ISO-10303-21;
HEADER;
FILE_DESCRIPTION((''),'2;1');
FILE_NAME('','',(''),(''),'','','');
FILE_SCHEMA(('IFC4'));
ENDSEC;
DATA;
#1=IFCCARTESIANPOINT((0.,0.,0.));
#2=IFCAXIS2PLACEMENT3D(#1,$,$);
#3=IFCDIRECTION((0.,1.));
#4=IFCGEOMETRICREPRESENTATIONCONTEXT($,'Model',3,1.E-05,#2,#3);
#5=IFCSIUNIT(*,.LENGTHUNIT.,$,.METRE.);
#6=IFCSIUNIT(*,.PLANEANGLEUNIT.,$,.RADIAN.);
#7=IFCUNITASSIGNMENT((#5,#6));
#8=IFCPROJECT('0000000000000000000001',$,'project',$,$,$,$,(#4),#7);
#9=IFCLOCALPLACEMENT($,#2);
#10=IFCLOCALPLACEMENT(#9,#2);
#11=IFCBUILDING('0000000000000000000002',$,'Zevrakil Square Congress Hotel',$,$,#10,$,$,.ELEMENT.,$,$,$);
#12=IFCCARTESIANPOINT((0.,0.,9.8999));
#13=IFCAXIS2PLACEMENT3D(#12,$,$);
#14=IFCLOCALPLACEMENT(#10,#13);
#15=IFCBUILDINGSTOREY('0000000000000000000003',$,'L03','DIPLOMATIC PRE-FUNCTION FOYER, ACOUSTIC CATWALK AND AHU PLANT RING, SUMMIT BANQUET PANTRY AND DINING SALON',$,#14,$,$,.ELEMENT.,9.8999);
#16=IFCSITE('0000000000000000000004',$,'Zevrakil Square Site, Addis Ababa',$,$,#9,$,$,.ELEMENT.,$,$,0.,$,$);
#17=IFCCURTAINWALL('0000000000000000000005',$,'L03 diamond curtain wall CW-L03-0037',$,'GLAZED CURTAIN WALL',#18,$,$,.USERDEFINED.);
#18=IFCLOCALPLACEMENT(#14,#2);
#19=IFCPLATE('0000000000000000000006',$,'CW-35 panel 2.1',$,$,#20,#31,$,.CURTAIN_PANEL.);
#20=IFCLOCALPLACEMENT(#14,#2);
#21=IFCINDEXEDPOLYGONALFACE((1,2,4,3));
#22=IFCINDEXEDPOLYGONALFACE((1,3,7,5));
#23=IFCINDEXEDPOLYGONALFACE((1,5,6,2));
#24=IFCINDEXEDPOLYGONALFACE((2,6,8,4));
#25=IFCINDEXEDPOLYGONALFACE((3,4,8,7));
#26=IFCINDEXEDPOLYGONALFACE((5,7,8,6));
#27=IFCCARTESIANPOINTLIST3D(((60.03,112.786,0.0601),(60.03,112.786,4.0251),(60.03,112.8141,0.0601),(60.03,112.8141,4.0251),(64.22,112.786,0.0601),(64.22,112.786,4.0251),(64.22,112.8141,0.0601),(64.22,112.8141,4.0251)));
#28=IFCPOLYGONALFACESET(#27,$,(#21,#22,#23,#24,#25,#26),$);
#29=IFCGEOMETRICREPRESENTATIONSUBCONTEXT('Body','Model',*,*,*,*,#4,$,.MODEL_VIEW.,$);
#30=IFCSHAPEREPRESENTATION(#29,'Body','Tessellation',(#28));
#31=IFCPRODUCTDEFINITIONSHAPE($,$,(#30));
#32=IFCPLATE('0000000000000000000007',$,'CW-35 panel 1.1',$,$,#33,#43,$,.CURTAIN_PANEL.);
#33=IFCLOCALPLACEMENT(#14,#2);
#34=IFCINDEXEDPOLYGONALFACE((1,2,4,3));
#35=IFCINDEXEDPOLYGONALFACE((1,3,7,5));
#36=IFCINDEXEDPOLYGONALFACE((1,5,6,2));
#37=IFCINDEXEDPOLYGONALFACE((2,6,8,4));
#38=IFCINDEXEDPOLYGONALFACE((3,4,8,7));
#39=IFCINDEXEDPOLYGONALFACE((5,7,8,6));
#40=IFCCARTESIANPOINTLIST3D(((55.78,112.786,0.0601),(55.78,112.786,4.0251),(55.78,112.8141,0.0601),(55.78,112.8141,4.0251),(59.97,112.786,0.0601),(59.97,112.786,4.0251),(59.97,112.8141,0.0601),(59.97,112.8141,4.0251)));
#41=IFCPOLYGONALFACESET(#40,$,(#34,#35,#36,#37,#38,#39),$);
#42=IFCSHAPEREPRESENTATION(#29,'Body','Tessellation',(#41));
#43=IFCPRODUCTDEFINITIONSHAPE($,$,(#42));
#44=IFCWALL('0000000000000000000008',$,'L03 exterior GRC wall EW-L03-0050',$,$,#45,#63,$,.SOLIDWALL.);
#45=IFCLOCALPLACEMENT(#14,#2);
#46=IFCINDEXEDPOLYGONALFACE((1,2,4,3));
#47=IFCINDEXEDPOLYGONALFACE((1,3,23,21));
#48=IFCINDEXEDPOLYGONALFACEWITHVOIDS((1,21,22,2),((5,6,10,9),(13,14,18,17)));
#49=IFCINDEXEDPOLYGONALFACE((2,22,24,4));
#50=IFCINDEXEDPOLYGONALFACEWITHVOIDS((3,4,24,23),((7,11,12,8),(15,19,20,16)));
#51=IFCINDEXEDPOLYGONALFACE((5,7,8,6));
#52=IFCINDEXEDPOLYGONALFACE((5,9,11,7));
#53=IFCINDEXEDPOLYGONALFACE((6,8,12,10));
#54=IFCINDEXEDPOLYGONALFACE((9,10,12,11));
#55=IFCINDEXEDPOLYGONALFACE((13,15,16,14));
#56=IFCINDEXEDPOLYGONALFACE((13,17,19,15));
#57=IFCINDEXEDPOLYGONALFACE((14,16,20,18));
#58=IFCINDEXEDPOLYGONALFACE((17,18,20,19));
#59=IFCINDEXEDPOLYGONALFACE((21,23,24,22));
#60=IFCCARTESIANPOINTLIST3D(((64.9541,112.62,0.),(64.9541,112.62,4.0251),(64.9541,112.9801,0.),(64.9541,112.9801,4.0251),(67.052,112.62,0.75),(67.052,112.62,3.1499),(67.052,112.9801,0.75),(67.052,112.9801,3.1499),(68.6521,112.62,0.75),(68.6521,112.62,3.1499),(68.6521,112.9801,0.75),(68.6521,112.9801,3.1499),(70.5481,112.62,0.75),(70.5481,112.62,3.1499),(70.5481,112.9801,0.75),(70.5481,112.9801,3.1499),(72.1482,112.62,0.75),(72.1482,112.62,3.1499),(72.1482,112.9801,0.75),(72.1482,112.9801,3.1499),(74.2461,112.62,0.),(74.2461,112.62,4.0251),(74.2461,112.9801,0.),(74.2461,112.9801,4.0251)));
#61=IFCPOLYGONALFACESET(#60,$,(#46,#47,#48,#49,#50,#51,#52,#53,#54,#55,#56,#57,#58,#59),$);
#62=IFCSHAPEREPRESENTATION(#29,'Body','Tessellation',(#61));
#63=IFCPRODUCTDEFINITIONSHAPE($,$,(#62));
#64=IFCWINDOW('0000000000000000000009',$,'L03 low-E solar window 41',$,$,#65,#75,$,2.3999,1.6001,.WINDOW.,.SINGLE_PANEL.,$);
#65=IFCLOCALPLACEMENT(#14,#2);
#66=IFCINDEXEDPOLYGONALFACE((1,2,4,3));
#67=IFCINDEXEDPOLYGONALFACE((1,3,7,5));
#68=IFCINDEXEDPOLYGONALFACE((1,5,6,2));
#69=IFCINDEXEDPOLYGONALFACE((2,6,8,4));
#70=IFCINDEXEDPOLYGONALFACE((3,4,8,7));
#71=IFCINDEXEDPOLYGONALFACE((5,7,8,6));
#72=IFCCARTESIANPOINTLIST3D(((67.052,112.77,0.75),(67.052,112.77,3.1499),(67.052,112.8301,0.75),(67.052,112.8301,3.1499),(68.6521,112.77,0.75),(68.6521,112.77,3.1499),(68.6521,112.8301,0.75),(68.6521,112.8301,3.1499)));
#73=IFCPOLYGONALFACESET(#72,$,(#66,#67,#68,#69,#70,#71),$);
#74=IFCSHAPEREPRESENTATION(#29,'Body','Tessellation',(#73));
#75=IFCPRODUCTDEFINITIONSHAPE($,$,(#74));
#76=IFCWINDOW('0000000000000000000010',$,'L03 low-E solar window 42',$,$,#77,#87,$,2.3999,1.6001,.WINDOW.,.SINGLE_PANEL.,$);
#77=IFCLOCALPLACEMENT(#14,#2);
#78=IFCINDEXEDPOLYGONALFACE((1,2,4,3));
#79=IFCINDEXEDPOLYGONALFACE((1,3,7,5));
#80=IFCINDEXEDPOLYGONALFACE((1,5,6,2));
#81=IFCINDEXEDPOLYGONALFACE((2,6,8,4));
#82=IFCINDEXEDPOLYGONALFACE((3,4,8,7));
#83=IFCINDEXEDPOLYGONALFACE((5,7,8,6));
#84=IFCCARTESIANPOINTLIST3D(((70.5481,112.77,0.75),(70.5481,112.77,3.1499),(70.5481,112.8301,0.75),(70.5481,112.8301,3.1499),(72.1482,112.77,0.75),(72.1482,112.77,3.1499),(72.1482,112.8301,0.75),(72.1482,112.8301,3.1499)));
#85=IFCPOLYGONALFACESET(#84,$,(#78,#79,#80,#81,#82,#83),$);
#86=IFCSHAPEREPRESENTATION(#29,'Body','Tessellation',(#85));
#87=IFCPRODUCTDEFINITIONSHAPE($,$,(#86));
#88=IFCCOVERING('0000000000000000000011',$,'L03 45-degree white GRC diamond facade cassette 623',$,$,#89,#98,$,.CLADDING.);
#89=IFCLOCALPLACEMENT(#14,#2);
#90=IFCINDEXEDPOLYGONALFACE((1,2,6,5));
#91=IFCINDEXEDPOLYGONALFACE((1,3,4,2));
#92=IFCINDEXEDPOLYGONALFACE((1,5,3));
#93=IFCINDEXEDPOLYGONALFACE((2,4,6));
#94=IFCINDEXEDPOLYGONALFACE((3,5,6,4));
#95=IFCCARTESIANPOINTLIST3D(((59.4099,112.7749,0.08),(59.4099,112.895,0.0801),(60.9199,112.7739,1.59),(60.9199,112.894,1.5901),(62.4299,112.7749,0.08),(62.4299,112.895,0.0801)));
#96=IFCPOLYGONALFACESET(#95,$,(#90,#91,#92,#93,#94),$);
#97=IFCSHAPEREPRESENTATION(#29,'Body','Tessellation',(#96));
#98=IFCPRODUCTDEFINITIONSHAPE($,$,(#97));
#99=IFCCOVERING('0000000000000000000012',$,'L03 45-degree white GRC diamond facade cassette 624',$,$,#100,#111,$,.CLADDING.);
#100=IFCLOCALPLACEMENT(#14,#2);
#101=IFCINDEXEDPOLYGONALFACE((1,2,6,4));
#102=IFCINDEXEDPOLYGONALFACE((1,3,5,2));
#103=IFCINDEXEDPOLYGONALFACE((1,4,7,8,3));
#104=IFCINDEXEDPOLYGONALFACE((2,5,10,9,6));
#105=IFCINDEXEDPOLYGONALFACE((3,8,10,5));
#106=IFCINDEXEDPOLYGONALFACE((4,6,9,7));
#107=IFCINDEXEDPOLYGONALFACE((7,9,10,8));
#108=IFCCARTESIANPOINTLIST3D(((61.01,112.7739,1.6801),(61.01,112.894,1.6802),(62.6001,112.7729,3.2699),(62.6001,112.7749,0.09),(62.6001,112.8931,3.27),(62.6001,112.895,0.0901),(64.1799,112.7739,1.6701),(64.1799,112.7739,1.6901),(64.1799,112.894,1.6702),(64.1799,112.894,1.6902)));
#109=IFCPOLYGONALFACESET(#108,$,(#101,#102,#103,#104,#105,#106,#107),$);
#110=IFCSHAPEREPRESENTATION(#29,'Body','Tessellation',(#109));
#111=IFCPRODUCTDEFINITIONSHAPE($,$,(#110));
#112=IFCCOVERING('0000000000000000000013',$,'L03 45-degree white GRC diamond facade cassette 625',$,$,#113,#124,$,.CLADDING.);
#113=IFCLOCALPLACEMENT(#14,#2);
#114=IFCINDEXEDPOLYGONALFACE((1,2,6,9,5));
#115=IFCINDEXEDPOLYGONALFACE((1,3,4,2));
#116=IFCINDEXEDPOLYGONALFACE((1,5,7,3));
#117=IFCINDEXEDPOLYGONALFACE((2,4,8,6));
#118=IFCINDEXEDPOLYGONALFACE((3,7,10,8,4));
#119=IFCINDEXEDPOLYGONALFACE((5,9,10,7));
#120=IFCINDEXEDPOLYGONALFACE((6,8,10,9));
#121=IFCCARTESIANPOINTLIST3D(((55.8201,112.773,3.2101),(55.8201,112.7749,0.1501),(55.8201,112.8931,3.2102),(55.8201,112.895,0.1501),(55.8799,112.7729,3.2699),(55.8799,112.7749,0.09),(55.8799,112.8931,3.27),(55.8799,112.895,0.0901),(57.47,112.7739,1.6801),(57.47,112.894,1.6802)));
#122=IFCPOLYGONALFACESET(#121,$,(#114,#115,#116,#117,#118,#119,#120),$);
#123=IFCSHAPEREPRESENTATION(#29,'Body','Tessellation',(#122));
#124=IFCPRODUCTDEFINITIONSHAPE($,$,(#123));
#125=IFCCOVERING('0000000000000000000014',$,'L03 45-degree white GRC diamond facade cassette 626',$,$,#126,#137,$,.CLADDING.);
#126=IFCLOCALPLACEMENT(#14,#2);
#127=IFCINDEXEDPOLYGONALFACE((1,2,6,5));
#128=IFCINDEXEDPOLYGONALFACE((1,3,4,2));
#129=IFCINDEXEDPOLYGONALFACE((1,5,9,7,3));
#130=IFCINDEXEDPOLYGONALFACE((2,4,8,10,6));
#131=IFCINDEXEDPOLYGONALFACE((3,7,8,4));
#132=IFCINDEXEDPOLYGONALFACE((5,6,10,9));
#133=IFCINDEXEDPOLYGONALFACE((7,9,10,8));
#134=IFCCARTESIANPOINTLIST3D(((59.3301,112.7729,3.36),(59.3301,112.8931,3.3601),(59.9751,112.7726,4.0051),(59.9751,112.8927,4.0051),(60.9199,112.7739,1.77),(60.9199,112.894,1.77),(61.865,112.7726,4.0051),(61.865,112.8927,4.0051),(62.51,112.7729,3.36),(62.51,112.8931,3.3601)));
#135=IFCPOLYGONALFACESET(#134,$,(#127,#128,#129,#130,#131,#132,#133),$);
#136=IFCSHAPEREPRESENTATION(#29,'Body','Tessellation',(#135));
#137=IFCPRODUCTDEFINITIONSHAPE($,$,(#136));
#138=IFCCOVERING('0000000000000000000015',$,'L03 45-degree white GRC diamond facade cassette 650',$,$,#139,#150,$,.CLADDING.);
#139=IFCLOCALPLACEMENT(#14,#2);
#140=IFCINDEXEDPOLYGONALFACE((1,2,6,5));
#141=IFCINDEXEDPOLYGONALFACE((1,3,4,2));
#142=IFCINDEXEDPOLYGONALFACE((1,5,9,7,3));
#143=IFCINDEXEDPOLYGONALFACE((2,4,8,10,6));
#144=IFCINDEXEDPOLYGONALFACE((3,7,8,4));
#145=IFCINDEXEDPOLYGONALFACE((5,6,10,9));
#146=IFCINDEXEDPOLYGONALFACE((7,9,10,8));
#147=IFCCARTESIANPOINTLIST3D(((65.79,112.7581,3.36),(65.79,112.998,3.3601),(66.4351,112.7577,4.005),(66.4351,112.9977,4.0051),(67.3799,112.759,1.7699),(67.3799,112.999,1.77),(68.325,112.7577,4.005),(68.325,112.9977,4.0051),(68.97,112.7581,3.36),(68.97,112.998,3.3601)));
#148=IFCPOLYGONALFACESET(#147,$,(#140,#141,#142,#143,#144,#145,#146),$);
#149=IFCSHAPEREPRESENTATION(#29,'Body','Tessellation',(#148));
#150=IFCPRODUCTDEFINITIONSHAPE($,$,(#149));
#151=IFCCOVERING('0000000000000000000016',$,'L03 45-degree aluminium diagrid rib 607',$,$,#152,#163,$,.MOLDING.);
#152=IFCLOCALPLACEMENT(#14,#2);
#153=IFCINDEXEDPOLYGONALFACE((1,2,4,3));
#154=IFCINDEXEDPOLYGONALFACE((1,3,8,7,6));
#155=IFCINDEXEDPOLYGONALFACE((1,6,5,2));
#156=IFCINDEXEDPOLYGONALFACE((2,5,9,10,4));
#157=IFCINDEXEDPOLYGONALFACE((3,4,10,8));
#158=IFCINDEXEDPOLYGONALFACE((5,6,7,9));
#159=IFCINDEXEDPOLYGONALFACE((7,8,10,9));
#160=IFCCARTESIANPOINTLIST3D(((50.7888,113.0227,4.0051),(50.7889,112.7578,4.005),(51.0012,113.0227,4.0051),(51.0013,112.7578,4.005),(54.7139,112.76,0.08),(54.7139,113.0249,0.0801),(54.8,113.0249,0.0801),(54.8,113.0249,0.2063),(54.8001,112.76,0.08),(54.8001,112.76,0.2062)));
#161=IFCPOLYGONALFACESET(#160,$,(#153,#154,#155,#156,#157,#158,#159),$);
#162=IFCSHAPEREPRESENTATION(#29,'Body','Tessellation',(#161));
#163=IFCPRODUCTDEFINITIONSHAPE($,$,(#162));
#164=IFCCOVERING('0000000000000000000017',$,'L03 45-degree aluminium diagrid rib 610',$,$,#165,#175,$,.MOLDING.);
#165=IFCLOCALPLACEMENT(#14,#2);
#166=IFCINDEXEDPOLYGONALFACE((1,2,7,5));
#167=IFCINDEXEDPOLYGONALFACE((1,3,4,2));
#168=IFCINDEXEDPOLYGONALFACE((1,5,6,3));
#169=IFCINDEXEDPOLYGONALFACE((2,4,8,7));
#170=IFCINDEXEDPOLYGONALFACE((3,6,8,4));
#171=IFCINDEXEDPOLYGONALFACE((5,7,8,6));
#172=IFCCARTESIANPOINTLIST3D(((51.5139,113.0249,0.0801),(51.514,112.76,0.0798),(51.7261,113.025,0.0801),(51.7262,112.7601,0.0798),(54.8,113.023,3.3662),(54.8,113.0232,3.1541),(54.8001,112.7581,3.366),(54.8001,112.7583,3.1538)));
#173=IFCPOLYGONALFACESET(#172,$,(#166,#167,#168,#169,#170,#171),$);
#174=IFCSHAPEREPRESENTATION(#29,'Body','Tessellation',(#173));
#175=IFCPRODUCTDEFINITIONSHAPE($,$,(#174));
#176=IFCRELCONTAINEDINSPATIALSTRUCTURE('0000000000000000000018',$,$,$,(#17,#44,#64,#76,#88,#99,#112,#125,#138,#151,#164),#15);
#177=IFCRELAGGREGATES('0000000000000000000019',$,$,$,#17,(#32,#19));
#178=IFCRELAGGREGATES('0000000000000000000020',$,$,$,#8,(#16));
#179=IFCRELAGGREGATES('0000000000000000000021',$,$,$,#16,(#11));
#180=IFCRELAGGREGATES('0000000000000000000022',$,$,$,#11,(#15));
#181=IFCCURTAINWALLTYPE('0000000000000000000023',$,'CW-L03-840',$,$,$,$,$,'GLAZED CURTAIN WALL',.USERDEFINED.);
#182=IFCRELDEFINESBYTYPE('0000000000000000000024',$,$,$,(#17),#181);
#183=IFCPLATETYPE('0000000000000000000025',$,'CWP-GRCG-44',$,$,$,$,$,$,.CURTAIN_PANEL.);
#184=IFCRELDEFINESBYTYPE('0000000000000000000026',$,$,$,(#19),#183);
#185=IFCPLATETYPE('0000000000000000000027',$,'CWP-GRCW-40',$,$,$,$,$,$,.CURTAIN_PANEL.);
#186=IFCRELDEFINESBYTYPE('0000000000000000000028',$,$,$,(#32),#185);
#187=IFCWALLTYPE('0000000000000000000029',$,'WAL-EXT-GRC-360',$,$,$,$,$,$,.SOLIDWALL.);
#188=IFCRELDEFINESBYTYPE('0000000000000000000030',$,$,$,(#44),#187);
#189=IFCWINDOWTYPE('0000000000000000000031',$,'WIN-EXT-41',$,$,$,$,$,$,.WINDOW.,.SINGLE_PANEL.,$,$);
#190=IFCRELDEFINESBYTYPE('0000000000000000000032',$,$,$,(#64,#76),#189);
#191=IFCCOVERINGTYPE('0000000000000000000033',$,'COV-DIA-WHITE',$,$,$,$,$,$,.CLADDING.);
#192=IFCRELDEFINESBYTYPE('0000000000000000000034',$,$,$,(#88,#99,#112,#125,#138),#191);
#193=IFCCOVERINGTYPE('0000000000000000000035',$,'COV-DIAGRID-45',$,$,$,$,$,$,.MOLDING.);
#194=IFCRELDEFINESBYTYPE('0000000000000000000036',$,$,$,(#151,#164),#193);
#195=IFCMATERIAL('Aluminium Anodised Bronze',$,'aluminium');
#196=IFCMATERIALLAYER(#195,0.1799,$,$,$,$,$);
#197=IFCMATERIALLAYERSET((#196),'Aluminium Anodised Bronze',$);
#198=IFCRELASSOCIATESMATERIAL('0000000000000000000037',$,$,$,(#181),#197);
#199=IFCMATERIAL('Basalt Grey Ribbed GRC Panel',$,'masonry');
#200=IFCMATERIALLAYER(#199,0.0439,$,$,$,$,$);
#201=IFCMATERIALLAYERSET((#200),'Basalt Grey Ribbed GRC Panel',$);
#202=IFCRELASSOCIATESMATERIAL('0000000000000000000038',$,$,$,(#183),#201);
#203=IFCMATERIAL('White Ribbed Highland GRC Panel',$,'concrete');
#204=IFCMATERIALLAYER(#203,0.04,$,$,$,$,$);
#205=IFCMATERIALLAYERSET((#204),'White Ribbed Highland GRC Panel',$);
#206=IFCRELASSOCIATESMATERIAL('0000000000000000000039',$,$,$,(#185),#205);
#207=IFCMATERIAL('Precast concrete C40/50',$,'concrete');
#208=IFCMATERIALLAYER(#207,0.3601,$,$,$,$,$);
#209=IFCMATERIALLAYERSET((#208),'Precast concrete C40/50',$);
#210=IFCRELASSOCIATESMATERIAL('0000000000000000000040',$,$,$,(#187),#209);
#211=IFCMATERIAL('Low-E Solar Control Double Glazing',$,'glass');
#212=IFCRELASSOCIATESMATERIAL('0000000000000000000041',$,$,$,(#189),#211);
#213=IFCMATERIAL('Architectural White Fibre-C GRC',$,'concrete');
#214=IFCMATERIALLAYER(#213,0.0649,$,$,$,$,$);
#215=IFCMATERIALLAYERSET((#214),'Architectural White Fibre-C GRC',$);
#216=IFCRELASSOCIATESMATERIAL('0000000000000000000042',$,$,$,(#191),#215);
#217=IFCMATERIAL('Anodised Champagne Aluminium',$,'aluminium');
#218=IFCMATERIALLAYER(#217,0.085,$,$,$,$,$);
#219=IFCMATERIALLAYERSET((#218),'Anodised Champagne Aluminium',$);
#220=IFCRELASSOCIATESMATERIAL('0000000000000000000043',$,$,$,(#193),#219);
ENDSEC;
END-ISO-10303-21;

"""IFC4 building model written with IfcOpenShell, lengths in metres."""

from ifc_helpers import new_model, si_unit, direction, frame, frame_2d, origin, origin_2d, place, context, subcontext, project, spatial, polyline, rectangle, outline, extrude, material, layer, layer_set, type_object, element, fill, aggregate, save


model = new_model("IFC4")

# Units and contexts
model_context = context("Model", 3, precision=1e-05, world=origin(), true_north=direction((0.0, 1.0)))
body_context = subcontext(model_context, "Body", "Model", "MODEL_VIEW")
ifc_project = project(units=[si_unit("LENGTHUNIT", "METRE"), si_unit("PLANEANGLEUNIT", "RADIAN")], contexts=[model_context])

# Site, building, storey
site_placement = place(None, origin())
site = spatial("IfcSite", under=ifc_project, at=site_placement, Name="Zevrakil Square Site, Addis Ababa", CompositionType="ELEMENT", RefElevation=0.0)
building_placement = place(site_placement, origin())
building = spatial("IfcBuilding", under=site, at=building_placement, Name="Zevrakil Square Congress Hotel", CompositionType="ELEMENT")
storey_placement = place(building_placement, frame((0.0, 0.0, 9.8999)))
storey = spatial("IfcBuildingStorey", under=building, at=storey_placement, Name="L03", Description="DIPLOMATIC PRE-FUNCTION FOYER, ACOUSTIC CATWALK AND AHU PLANT RING, SUMMIT BANQUET PANTRY AND DINING SALON", CompositionType="ELEMENT", Elevation=9.8999)

# Curtain wall, plates
ifc_material_1 = material(Name="Aluminium Anodised Bronze", Category="aluminium")
ifc_layer_1 = layer(ifc_material_1, 0.1799)
ifc_layer_set_1 = layer_set([ifc_layer_1], Name="Aluminium Anodised Bronze")
curtain_wall_type = type_object("IfcCurtainWallType", Name="CW-L03-840", ElementType="GLAZED CURTAIN WALL", PredefinedType="USERDEFINED", material=ifc_layer_set_1)
curtain_wall_placement = place(storey_placement, origin())
curtain_wall = element("IfcCurtainWall", 1, at=curtain_wall_placement, inside=storey, type_object=curtain_wall_type, Name="L03 diamond curtain wall CW-L03-0037", ObjectType="GLAZED CURTAIN WALL", PredefinedType="USERDEFINED")
ifc_material_2 = material(Name="Basalt Grey Ribbed GRC Panel", Category="masonry")
ifc_layer_2 = layer(ifc_material_2, 0.0439)
ifc_layer_set_2 = layer_set([ifc_layer_2], Name="Basalt Grey Ribbed GRC Panel")
plate_type_1 = type_object("IfcPlateType", Name="CWP-GRCG-44", PredefinedType="CURTAIN_PANEL", material=ifc_layer_set_2)
plate_1_placement = place(storey_placement, frame((62.125, 112.8, 0.0601), z_axis=(0.0, 0.0, 1.0), x_axis=(1.0, 0.0, 0.0)))
plate_1 = element("IfcPlate", 2, at=plate_1_placement, type_object=plate_type_1, Name="CW-35 panel 2.1", PredefinedType="CURTAIN_PANEL", context=body_context, shape_type="SweptSolid", body=[
    extrude(rectangle(XDim=4.1899, YDim=0.0281, at=origin_2d()), origin(), (0.0, 0.0, 1.0), 3.9651),
])
ifc_material_3 = material(Name="White Ribbed Highland GRC Panel", Category="concrete")
ifc_layer_3 = layer(ifc_material_3, 0.04)
ifc_layer_set_3 = layer_set([ifc_layer_3], Name="White Ribbed Highland GRC Panel")
plate_type_2 = type_object("IfcPlateType", Name="CWP-GRCW-40", PredefinedType="CURTAIN_PANEL", material=ifc_layer_set_3)
plate_2_placement = place(storey_placement, frame((57.875, 112.8, 0.0601), z_axis=(0.0, 0.0, 1.0), x_axis=(1.0, 0.0, 0.0)))
plate_2 = element("IfcPlate", 3, at=plate_2_placement, type_object=plate_type_2, Name="CW-35 panel 1.1", PredefinedType="CURTAIN_PANEL", context=body_context, shape_type="SweptSolid", body=[
    extrude(rectangle(XDim=4.1899, YDim=0.0281, at=origin_2d()), origin(), (0.0, 0.0, 1.0), 3.9651),
])
aggregate(curtain_wall, [plate_2, plate_1])

# Wall, openings, windows
ifc_material_4 = material(Name="Precast concrete C40/50", Category="concrete")
ifc_layer_4 = layer(ifc_material_4, 0.3601)
ifc_layer_set_4 = layer_set([ifc_layer_4], Name="Precast concrete C40/50")
wall_type = type_object("IfcWallType", Name="WAL-EXT-GRC-360", PredefinedType="SOLIDWALL", material=ifc_layer_set_4)
wall_placement = place(storey_placement, frame((64.9541, 112.8, 0.0), z_axis=(0.0, 0.0, 1.0), x_axis=(1.0, 0.0, 0.0)))
wall = element("IfcWall", 4, at=wall_placement, inside=storey, type_object=wall_type, Name="L03 exterior GRC wall EW-L03-0050", PredefinedType="SOLIDWALL", context=body_context, shape_type="SweptSolid", body=[
    extrude(rectangle(XDim=9.292, YDim=0.3601, at=frame_2d((4.646, 0.0))), origin(), (0.0, 0.0, 1.0), 4.0251),
])
opening_1_placement = place(wall_placement, frame((2.0979, 0.0, 0.75)))
opening_1 = element("IfcOpeningElement", 5, at=opening_1_placement, cuts=wall, PredefinedType="OPENING", context=body_context, shape_type="SweptSolid", body=[
    extrude(rectangle(XDim=1.6001, YDim=2.3999, at=frame_2d((0.8, 1.2))), frame((0.0, 0.1899, 0.0), z_axis=(0.0, -1.0, 0.0), x_axis=(1.0, 0.0, 0.0)), (0.0, 0.0, 1.0), 0.3801),
])
opening_2_placement = place(wall_placement, frame((5.594, 0.0, 0.75)))
opening_2 = element("IfcOpeningElement", 6, at=opening_2_placement, cuts=wall, PredefinedType="OPENING", context=body_context, shape_type="SweptSolid", body=[
    extrude(rectangle(XDim=1.6001, YDim=2.3999, at=frame_2d((0.8, 1.2))), frame((0.0, 0.1899, 0.0), z_axis=(0.0, -1.0, 0.0), x_axis=(1.0, 0.0, 0.0)), (0.0, 0.0, 1.0), 0.3801),
])
ifc_material_5 = material(Name="Low-E Solar Control Double Glazing", Category="glass")
window_type = type_object("IfcWindowType", Name="WIN-EXT-41", PartitioningType="SINGLE_PANEL", PredefinedType="WINDOW", material=ifc_material_5)
window_1_placement = place(opening_1_placement, origin())
window_1 = element("IfcWindow", 7, at=window_1_placement, inside=storey, type_object=window_type, Name="L03 low-E solar window 41", OverallHeight=2.3999, OverallWidth=1.6001, PartitioningType="SINGLE_PANEL", PredefinedType="WINDOW", context=body_context, shape_type="SweptSolid", body=[
    extrude(rectangle(XDim=1.6001, YDim=2.3999, at=frame_2d((0.8, 1.2))), frame((0.0, 0.03, 0.0), z_axis=(0.0, -1.0, 0.0), x_axis=(1.0, 0.0, 0.0)), (0.0, 0.0, 1.0), 0.0601),
])
fill(opening_1, window_1)
window_2_placement = place(opening_2_placement, origin())
window_2 = element("IfcWindow", 8, at=window_2_placement, inside=storey, type_object=window_type, Name="L03 low-E solar window 42", OverallHeight=2.3999, OverallWidth=1.6001, PartitioningType="SINGLE_PANEL", PredefinedType="WINDOW", context=body_context, shape_type="SweptSolid", body=[
    extrude(rectangle(XDim=1.6001, YDim=2.3999, at=frame_2d((0.8, 1.2))), frame((0.0, 0.03, 0.0), z_axis=(0.0, -1.0, 0.0), x_axis=(1.0, 0.0, 0.0)), (0.0, 0.0, 1.0), 0.0601),
])
fill(opening_2, window_2)

# Coverings
ifc_material_6 = material(Name="Architectural White Fibre-C GRC", Category="concrete")
ifc_layer_5 = layer(ifc_material_6, 0.0649)
ifc_layer_set_5 = layer_set([ifc_layer_5], Name="Architectural White Fibre-C GRC")
covering_type_1 = type_object("IfcCoveringType", Name="COV-DIA-WHITE", PredefinedType="CLADDING", material=ifc_layer_set_5)
covering_1_placement = place(storey_placement, frame((60.9199, 112.894, 1.5901), z_axis=(0.0, 1.0, 0.000647), x_axis=(-0.707107, 0.000457, -0.707107)))
element("IfcCovering", 9, at=covering_1_placement, inside=storey, type_object=covering_type_1, Name="L03 45-degree white GRC diamond facade cassette 623", PredefinedType="CLADDING", context=body_context, shape_type="SweptSolid", body=[
    extrude(outline(polyline([(0.0, 0.0), (2.1355, 0.0), (0.0, -2.1355), (0.0, 0.0)])), origin(), (0.0, 0.0, -1.0), 0.1201),
])
covering_2_placement = place(storey_placement, frame((62.6001, 112.8931, 3.27), z_axis=(0.0, 1.0, 0.000612), x_axis=(-0.707161, 0.000433, -0.707052)))
element("IfcCovering", 10, at=covering_2_placement, inside=storey, type_object=covering_type_1, Name="L03 45-degree white GRC diamond facade cassette 624", PredefinedType="CLADDING", context=body_context, shape_type="SweptSolid", body=[
    extrude(outline(polyline([(0.0, 0.0), (2.2486, 0.0), (2.2484, -2.2487), (0.014, -2.2484), (-0.0002, -2.2342), (0.0, 0.0)])), origin(), (0.0, 0.0, -1.0), 0.1201),
])
covering_3_placement = place(storey_placement, frame((55.8799, 112.895, 0.0901), z_axis=(0.0, 1.0, 0.000615), x_axis=(0.707107, -0.000435, 0.707107)))
element("IfcCovering", 11, at=covering_3_placement, inside=storey, type_object=covering_type_1, Name="L03 45-degree white GRC diamond facade cassette 625", PredefinedType="CLADDING", context=body_context, shape_type="SweptSolid", body=[
    extrude(outline(polyline([(0.0, 0.0), (2.2487, 0.0), (2.2486, -2.2486), (2.164, -2.2486), (0.0002, -0.0848), (0.0, 0.0)])), origin(), (0.0, 0.0, -1.0), 0.1201),
])
covering_4_placement = place(storey_placement, frame((59.3301, 112.8931, 3.3601), z_axis=(0.0, 1.0, 0.000577), x_axis=(0.707052, 0.000408, -0.707161)))
element("IfcCovering", 12, at=covering_4_placement, inside=storey, type_object=covering_type_1, Name="L03 45-degree white GRC diamond facade cassette 626", PredefinedType="CLADDING", context=body_context, shape_type="SweptSolid", body=[
    extrude(outline(polyline([(0.0, 0.0), (2.2486, 0.0), (2.2484, -2.2487), (1.3362, -2.2487), (-0.0001, -0.9122), (0.0, 0.0)])), origin(), (0.0, 0.0, -1.0), 0.1201),
])
covering_5_placement = place(storey_placement, frame((65.79, 112.998, 3.3601), z_axis=(0.0, 1.0, 0.000577), x_axis=(0.707052, 0.000408, -0.707161)))
element("IfcCovering", 13, at=covering_5_placement, inside=storey, type_object=covering_type_1, Name="L03 45-degree white GRC diamond facade cassette 650", PredefinedType="CLADDING", context=body_context, shape_type="SweptSolid", body=[
    extrude(outline(polyline([(0.0, 0.0), (2.2486, 0.0), (2.2484, -2.2487), (1.3362, -2.2487), (-0.0001, -0.9122), (0.0, 0.0)])), origin(), (0.0, 0.0, -1.0), 0.24),
])
ifc_material_7 = material(Name="Anodised Champagne Aluminium", Category="aluminium")
ifc_layer_6 = layer(ifc_material_7, 0.085)
ifc_layer_set_6 = layer_set([ifc_layer_6], Name="Anodised Champagne Aluminium")
covering_type_2 = type_object("IfcCoveringType", Name="COV-DIAGRID-45", PredefinedType="MOLDING", material=ifc_layer_set_6)
covering_6_placement = place(storey_placement, frame((54.7139, 113.0249, 0.0801), z_axis=(-0.000168, 1.0, 0.000397), x_axis=(1.0, 0.000168, 0.0)))
element("IfcCovering", 14, at=covering_6_placement, inside=storey, type_object=covering_type_2, Name="L03 45-degree aluminium diagrid rib 607", PredefinedType="MOLDING", context=body_context, shape_type="SweptSolid", body=[
    extrude(outline(polyline([(0.0, 0.0), (0.0862, 0.0), (0.0862, -0.1262), (-3.7126, -3.925), (-3.925, -3.925), (0.0, 0.0)])), origin(), (0.0, 0.0, -1.0), 0.2649),
])
covering_7_placement = place(storey_placement, frame((54.8, 113.0232, 3.1541), z_axis=(-0.000287, 1.0, 0.000863), x_axis=(0.0, -0.000863, 1.0)))
element("IfcCovering", 15, at=covering_7_placement, inside=storey, type_object=covering_type_2, Name="L03 45-degree aluminium diagrid rib 610", PredefinedType="MOLDING", context=body_context, shape_type="SweptSolid", body=[
    extrude(outline(polyline([(0.0, 0.0), (0.2122, 0.0), (-3.074, -3.2861), (-3.074, -3.074), (0.0, 0.0)])), origin(), (0.0, 0.0, -1.0), 0.2649),
])

save(model, "model.ifc")
